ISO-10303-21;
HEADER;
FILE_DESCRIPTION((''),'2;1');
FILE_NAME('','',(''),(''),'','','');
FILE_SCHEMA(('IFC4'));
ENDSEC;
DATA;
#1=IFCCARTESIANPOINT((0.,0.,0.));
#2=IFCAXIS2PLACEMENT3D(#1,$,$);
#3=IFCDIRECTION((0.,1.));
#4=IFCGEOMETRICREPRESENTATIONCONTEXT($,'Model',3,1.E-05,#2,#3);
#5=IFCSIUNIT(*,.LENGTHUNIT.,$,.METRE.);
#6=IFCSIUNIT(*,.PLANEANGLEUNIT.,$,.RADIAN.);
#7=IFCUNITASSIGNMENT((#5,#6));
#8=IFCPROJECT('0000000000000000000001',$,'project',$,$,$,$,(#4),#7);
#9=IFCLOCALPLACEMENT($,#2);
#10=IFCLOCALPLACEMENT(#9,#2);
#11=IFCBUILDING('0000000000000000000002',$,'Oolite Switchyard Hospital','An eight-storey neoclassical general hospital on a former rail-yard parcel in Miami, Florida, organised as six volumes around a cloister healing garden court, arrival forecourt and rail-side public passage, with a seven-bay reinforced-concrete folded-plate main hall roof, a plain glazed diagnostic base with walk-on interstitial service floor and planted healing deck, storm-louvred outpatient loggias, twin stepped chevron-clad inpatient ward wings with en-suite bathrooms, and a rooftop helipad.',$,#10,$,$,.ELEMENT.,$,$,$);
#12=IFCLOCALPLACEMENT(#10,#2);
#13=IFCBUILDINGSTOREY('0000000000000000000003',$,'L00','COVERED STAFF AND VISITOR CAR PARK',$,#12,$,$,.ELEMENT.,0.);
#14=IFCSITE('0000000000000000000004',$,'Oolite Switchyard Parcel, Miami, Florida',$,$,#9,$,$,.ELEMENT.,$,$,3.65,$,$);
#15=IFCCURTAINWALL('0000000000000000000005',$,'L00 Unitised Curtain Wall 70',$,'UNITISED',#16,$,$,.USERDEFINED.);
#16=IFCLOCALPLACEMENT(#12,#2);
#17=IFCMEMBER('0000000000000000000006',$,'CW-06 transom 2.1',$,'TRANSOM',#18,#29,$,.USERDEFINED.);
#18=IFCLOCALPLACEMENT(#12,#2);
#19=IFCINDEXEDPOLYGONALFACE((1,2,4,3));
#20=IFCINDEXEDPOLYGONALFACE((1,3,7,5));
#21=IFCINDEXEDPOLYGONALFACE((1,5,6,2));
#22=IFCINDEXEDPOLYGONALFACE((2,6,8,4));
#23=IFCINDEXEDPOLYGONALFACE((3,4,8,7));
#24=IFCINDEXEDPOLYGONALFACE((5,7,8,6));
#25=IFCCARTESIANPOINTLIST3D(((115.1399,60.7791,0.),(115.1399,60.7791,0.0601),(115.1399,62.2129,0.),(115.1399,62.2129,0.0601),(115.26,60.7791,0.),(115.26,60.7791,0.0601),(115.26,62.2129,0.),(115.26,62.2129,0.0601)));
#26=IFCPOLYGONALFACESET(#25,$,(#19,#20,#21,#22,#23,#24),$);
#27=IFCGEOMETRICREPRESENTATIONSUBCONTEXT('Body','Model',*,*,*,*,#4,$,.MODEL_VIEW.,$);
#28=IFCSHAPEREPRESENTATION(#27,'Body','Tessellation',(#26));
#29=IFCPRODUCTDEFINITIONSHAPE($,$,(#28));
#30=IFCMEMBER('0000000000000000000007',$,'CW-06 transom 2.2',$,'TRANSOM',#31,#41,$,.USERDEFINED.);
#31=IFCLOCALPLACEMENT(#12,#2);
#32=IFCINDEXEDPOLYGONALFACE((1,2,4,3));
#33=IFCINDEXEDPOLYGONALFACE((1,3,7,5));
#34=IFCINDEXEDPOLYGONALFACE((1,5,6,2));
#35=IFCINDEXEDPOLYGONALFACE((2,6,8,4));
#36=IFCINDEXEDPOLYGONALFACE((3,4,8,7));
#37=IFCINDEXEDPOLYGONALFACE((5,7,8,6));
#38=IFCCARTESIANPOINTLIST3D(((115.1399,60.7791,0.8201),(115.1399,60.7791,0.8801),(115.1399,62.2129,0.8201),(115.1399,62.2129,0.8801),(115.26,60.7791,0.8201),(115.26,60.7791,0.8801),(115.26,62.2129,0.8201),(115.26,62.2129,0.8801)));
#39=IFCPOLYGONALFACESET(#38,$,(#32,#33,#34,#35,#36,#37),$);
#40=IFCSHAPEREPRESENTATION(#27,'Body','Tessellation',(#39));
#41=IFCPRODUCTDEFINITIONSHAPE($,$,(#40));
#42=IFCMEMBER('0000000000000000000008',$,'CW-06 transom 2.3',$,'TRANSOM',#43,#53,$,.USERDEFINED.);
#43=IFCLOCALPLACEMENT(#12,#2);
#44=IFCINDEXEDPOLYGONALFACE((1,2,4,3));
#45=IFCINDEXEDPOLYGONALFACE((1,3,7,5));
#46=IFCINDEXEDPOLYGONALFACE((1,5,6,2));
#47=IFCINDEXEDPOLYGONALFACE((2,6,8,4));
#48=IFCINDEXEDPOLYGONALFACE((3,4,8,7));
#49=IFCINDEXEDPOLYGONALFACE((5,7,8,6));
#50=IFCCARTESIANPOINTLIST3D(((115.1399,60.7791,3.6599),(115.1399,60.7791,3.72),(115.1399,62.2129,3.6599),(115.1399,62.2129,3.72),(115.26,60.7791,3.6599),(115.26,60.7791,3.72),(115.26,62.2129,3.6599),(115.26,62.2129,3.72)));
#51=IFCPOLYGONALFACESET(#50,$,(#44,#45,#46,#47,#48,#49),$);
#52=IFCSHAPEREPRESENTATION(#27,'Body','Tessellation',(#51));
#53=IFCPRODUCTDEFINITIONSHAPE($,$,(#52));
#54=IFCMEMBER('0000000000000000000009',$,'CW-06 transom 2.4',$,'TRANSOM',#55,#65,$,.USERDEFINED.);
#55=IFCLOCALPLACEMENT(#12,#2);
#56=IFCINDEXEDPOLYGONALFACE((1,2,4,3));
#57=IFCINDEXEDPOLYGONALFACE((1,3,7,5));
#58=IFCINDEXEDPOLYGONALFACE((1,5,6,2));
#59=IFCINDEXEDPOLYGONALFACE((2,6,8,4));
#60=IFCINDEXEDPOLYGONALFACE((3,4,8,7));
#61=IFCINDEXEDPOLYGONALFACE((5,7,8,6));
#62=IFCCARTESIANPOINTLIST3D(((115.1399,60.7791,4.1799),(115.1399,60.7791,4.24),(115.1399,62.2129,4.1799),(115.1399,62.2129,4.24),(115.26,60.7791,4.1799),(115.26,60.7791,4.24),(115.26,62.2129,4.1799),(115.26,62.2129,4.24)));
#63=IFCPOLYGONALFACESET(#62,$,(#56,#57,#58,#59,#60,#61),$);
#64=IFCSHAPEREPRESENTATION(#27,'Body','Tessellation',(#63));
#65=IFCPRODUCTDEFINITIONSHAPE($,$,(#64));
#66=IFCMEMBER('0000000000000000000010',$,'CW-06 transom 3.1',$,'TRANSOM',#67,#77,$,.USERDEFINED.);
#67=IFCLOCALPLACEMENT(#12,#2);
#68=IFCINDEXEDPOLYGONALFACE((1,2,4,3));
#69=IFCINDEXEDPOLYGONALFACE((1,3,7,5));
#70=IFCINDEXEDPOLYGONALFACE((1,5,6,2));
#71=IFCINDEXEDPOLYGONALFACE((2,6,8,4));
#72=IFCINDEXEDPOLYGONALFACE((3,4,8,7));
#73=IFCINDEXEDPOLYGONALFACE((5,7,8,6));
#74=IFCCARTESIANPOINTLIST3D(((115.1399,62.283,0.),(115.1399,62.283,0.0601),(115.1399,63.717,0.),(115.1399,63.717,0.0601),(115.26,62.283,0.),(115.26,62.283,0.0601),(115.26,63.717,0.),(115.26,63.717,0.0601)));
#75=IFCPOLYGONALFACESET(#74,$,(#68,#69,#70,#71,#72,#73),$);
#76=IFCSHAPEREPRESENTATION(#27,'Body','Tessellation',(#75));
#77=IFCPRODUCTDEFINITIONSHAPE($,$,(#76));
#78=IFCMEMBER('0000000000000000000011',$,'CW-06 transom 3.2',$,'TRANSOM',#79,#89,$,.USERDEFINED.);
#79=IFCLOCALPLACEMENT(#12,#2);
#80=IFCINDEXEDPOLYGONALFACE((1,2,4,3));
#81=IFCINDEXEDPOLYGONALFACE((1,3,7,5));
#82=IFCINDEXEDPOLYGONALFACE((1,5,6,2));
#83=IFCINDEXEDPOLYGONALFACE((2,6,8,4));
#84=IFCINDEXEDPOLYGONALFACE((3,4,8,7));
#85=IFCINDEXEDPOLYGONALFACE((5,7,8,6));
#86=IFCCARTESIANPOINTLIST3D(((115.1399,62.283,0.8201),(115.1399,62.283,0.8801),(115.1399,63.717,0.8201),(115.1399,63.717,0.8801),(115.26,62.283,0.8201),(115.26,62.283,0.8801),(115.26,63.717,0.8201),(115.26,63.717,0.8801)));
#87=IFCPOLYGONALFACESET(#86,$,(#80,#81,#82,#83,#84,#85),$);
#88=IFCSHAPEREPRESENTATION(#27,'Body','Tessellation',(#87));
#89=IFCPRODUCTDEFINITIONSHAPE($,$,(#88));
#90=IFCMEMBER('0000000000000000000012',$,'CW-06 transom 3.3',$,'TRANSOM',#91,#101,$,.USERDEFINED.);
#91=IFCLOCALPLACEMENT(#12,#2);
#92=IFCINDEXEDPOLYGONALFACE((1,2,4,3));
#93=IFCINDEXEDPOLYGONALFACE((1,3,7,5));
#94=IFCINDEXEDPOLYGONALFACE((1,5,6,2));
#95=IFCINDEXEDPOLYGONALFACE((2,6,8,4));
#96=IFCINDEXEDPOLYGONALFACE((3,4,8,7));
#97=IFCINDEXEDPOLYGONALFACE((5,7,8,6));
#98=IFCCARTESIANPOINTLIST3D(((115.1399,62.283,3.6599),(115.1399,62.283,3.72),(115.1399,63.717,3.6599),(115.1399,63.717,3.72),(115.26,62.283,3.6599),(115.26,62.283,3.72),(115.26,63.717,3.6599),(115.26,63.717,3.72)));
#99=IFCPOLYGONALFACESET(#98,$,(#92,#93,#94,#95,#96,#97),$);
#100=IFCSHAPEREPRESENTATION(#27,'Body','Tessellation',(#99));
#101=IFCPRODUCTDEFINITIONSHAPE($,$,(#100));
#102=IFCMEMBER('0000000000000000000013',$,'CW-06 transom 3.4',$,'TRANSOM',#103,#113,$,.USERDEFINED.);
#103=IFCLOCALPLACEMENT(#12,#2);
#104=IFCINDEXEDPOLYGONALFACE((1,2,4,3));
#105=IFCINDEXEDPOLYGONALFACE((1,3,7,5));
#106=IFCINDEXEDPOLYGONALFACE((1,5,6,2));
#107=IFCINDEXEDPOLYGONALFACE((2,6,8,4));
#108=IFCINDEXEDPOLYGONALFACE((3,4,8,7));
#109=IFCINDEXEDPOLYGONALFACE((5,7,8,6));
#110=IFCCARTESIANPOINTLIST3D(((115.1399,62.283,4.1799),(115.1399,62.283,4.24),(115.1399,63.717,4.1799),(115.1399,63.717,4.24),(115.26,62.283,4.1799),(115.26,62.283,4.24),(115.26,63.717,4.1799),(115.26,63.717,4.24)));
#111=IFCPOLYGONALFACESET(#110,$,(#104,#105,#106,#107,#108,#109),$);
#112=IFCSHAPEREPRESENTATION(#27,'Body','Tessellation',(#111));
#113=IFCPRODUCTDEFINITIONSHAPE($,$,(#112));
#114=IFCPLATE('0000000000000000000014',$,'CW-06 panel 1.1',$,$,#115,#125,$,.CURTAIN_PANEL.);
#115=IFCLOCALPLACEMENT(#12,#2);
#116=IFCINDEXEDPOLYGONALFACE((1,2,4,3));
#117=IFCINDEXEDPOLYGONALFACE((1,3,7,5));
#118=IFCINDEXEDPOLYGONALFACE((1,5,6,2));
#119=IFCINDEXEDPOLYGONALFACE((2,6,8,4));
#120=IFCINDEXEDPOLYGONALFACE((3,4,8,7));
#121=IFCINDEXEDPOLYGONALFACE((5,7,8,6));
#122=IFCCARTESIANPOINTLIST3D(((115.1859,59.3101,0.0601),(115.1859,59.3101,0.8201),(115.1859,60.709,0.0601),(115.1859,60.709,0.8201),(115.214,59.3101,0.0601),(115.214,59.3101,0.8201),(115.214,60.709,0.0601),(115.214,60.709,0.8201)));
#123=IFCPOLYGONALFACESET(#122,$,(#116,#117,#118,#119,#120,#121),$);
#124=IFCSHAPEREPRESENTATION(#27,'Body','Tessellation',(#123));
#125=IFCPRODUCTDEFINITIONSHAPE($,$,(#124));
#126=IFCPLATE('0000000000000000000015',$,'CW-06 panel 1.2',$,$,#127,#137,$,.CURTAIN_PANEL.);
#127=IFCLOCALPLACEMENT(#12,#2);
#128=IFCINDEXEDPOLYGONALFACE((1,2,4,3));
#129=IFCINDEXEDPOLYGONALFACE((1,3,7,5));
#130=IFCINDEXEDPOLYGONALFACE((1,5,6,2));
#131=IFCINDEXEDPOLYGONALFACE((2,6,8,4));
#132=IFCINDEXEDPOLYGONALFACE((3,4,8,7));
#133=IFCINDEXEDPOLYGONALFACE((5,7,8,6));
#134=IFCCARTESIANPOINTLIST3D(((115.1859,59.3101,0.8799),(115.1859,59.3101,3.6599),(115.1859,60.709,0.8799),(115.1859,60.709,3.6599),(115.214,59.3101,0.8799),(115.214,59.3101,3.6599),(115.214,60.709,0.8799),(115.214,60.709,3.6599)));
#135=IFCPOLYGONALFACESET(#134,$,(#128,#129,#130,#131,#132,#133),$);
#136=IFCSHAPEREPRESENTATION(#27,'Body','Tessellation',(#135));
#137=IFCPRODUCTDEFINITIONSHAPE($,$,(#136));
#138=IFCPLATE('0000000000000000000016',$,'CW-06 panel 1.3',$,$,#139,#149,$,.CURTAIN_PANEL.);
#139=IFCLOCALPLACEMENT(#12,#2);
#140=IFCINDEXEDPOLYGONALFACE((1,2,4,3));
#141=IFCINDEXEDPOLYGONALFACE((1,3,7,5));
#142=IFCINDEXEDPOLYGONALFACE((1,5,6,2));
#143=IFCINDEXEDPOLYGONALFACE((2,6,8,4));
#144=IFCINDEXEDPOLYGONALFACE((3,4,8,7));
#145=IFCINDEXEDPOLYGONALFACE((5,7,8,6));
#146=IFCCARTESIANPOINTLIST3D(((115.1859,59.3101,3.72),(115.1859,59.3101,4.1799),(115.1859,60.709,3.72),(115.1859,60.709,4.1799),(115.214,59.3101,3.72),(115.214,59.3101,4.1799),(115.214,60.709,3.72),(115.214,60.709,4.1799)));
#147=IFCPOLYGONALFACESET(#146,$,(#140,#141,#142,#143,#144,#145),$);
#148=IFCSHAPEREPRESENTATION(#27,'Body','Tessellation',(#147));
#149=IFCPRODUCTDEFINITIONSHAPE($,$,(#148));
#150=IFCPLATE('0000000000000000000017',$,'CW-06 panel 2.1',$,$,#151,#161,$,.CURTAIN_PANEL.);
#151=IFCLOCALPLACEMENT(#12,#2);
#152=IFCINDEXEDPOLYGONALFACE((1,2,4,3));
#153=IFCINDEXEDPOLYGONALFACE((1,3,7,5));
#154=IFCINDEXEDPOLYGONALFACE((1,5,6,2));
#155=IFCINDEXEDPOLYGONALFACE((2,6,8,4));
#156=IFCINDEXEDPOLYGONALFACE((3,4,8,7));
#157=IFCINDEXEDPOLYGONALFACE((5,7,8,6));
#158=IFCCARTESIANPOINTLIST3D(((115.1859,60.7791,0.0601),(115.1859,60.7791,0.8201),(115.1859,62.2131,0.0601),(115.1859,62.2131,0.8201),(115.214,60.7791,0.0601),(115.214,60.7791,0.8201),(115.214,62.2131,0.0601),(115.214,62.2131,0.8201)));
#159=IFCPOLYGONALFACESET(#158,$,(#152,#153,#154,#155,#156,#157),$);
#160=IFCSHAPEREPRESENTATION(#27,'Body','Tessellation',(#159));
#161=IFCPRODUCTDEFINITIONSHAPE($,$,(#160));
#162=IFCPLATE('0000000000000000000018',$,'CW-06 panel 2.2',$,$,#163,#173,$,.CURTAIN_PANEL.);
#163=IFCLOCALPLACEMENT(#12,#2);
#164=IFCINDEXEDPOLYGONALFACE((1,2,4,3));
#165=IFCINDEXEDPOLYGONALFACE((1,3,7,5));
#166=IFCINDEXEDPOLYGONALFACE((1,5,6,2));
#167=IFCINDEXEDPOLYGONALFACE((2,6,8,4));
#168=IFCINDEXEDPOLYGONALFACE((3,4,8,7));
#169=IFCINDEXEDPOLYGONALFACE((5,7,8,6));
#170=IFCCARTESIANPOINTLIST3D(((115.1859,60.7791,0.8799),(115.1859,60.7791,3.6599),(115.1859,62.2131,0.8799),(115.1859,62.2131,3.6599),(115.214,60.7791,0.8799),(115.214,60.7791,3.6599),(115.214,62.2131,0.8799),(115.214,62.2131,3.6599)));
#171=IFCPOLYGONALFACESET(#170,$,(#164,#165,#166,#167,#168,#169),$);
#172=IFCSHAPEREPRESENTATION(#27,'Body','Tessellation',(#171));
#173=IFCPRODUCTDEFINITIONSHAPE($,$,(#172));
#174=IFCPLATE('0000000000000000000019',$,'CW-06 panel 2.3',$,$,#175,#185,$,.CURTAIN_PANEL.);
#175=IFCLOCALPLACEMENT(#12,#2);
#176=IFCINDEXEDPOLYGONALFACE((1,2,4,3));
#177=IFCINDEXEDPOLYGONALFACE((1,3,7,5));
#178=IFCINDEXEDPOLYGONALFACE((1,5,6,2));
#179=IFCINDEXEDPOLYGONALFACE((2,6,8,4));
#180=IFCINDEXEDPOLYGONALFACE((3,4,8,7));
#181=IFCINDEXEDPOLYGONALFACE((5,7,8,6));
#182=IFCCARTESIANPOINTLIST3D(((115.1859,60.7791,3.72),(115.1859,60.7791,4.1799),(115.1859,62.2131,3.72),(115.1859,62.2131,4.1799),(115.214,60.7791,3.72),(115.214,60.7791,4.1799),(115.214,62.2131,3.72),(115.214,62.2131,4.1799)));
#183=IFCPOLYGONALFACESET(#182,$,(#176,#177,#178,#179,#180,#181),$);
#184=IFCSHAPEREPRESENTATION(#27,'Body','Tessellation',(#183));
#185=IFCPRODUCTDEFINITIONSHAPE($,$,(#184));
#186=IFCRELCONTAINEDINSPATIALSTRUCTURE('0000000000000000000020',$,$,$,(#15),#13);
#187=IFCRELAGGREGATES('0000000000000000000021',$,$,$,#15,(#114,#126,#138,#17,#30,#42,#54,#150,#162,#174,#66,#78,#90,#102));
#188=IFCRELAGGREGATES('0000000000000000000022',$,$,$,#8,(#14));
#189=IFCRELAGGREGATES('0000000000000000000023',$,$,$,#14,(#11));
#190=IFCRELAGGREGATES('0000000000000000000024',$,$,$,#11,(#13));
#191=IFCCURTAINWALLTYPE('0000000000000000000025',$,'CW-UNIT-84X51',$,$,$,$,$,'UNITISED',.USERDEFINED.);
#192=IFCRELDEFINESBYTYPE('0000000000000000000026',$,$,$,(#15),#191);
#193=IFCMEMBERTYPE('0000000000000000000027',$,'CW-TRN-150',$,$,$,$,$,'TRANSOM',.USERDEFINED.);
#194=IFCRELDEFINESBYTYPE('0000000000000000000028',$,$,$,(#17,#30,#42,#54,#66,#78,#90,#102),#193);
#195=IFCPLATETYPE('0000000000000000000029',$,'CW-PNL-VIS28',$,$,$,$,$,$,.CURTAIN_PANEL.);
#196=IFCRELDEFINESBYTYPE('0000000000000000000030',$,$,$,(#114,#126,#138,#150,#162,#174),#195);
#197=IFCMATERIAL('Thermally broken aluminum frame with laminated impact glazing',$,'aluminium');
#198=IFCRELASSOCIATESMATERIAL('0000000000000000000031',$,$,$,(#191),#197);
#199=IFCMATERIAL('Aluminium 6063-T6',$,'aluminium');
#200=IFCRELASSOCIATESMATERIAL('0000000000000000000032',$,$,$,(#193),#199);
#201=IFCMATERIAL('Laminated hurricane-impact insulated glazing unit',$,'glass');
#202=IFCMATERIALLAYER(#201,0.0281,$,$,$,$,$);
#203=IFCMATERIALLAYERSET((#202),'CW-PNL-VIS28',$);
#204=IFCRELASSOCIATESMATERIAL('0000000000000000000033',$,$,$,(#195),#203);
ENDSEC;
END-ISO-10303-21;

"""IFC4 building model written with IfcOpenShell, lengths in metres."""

from ifc_helpers import new_model, si_unit, direction, frame, origin, origin_2d, place, context, subcontext, project, spatial, rectangle, extrude, material, layer, layer_set, material_profile, profile_set, type_object, element, aggregate, save


model = new_model("IFC4")

# Units and contexts
model_context = context("Model", 3, precision=1e-05, world=origin(), true_north=direction((0.0, 1.0)))
body_context = subcontext(model_context, "Body", "Model", "MODEL_VIEW")
ifc_project = project(units=[si_unit("LENGTHUNIT", "METRE"), si_unit("PLANEANGLEUNIT", "RADIAN")], contexts=[model_context])

# Site, building, storey
site_placement = place(None, origin())
site = spatial("IfcSite", under=ifc_project, at=site_placement, Name="Oolite Switchyard Parcel, Miami, Florida", CompositionType="ELEMENT", RefElevation=3.65)
building_placement = place(site_placement, origin())
building = spatial("IfcBuilding", under=site, at=building_placement, Name="Oolite Switchyard Hospital", Description="An eight-storey neoclassical general hospital on a former rail-yard parcel in Miami, Florida, organised as six volumes around a cloister healing garden court, arrival forecourt and rail-side public passage, with a seven-bay reinforced-concrete folded-plate main hall roof, a plain glazed diagnostic base with walk-on interstitial service floor and planted healing deck, storm-louvred outpatient loggias, twin stepped chevron-clad inpatient ward wings with en-suite bathrooms, and a rooftop helipad.", CompositionType="ELEMENT")
storey_placement = place(building_placement, origin())
storey = spatial("IfcBuildingStorey", under=building, at=storey_placement, Name="L00", Description="COVERED STAFF AND VISITOR CAR PARK", CompositionType="ELEMENT", Elevation=0.0)

# Curtain wall, members, plates
ifc_material_1 = material(Name="Thermally broken aluminum frame with laminated impact glazing", Category="aluminium")
curtain_wall_type = type_object("IfcCurtainWallType", Name="CW-UNIT-84X51", ElementType="UNITISED", PredefinedType="USERDEFINED", material=ifc_material_1)
curtain_wall_placement = place(storey_placement, origin())
curtain_wall = element("IfcCurtainWall", 1, at=curtain_wall_placement, inside=storey, type_object=curtain_wall_type, Name="L00 Unitised Curtain Wall 70", ObjectType="UNITISED", PredefinedType="USERDEFINED")
ifc_material_2 = material(Name="Aluminium 6063-T6", Category="aluminium")
ifc_material_profile_1 = material_profile(ifc_material_2, rectangle(XDim=0.1201, YDim=0.0601, at=origin_2d()), Name="CWT60X120")
ifc_profile_set_1 = profile_set([ifc_material_profile_1], Name="Aluminium 6063-T6")
member_type = type_object("IfcMemberType", Name="CW-TRN-150", ElementType="TRANSOM", PredefinedType="USERDEFINED", material=ifc_profile_set_1)
member_1_placement = place(storey_placement, frame((115.2, 60.7791, 0.03), z_axis=(0.0, 1.0, 0.0), x_axis=(-1.0, 0.0, 0.0)))
member_1 = element("IfcMember", 2, at=member_1_placement, type_object=member_type, Name="CW-06 transom 2.1", ObjectType="TRANSOM", PredefinedType="USERDEFINED", context=body_context, shape_type="SweptSolid", body=[
    extrude(rectangle(XDim=0.1201, YDim=0.0601, at=origin_2d()), origin(), (0.0, 0.0, 1.0), 1.4338),
])
member_2_placement = place(storey_placement, frame((115.2, 60.7791, 0.8501), z_axis=(0.0, 1.0, 0.0), x_axis=(-1.0, 0.0, 0.0)))
member_2 = element("IfcMember", 3, at=member_2_placement, type_object=member_type, Name="CW-06 transom 2.2", ObjectType="TRANSOM", PredefinedType="USERDEFINED", context=body_context, shape_type="SweptSolid", body=[
    extrude(rectangle(XDim=0.1201, YDim=0.0601, at=origin_2d()), origin(), (0.0, 0.0, 1.0), 1.4338),
])
member_3_placement = place(storey_placement, frame((115.2, 60.7791, 3.6899), z_axis=(0.0, 1.0, 0.0), x_axis=(-1.0, 0.0, 0.0)))
member_3 = element("IfcMember", 4, at=member_3_placement, type_object=member_type, Name="CW-06 transom 2.3", ObjectType="TRANSOM", PredefinedType="USERDEFINED", context=body_context, shape_type="SweptSolid", body=[
    extrude(rectangle(XDim=0.1201, YDim=0.0601, at=origin_2d()), origin(), (0.0, 0.0, 1.0), 1.4338),
])
member_4_placement = place(storey_placement, frame((115.2, 60.7791, 4.21), z_axis=(0.0, 1.0, 0.0), x_axis=(-1.0, 0.0, 0.0)))
member_4 = element("IfcMember", 5, at=member_4_placement, type_object=member_type, Name="CW-06 transom 2.4", ObjectType="TRANSOM", PredefinedType="USERDEFINED", context=body_context, shape_type="SweptSolid", body=[
    extrude(rectangle(XDim=0.1201, YDim=0.0601, at=origin_2d()), origin(), (0.0, 0.0, 1.0), 1.4338),
])
member_5_placement = place(storey_placement, frame((115.2, 62.283, 0.03), z_axis=(0.0, 1.0, 0.0), x_axis=(-1.0, 0.0, 0.0)))
member_5 = element("IfcMember", 6, at=member_5_placement, type_object=member_type, Name="CW-06 transom 3.1", ObjectType="TRANSOM", PredefinedType="USERDEFINED", context=body_context, shape_type="SweptSolid", body=[
    extrude(rectangle(XDim=0.1201, YDim=0.0601, at=origin_2d()), origin(), (0.0, 0.0, 1.0), 1.4341),
])
member_6_placement = place(storey_placement, frame((115.2, 62.283, 0.8501), z_axis=(0.0, 1.0, 0.0), x_axis=(-1.0, 0.0, 0.0)))
member_6 = element("IfcMember", 7, at=member_6_placement, type_object=member_type, Name="CW-06 transom 3.2", ObjectType="TRANSOM", PredefinedType="USERDEFINED", context=body_context, shape_type="SweptSolid", body=[
    extrude(rectangle(XDim=0.1201, YDim=0.0601, at=origin_2d()), origin(), (0.0, 0.0, 1.0), 1.4341),
])
member_7_placement = place(storey_placement, frame((115.2, 62.283, 3.6899), z_axis=(0.0, 1.0, 0.0), x_axis=(-1.0, 0.0, 0.0)))
member_7 = element("IfcMember", 8, at=member_7_placement, type_object=member_type, Name="CW-06 transom 3.3", ObjectType="TRANSOM", PredefinedType="USERDEFINED", context=body_context, shape_type="SweptSolid", body=[
    extrude(rectangle(XDim=0.1201, YDim=0.0601, at=origin_2d()), origin(), (0.0, 0.0, 1.0), 1.4341),
])
member_8_placement = place(storey_placement, frame((115.2, 62.283, 4.21), z_axis=(0.0, 1.0, 0.0), x_axis=(-1.0, 0.0, 0.0)))
member_8 = element("IfcMember", 9, at=member_8_placement, type_object=member_type, Name="CW-06 transom 3.4", ObjectType="TRANSOM", PredefinedType="USERDEFINED", context=body_context, shape_type="SweptSolid", body=[
    extrude(rectangle(XDim=0.1201, YDim=0.0601, at=origin_2d()), origin(), (0.0, 0.0, 1.0), 1.4341),
])
ifc_material_3 = material(Name="Laminated hurricane-impact insulated glazing unit", Category="glass")
ifc_layer_1 = layer(ifc_material_3, 0.0281)
ifc_layer_set_1 = layer_set([ifc_layer_1], Name="CW-PNL-VIS28")
plate_type = type_object("IfcPlateType", Name="CW-PNL-VIS28", PredefinedType="CURTAIN_PANEL", material=ifc_layer_set_1)
plate_1_placement = place(storey_placement, frame((115.2, 60.0095, 0.0601), z_axis=(0.0, 0.0, 1.0), x_axis=(0.0, 1.0, 0.0)))
plate_1 = element("IfcPlate", 10, at=plate_1_placement, type_object=plate_type, Name="CW-06 panel 1.1", PredefinedType="CURTAIN_PANEL", context=body_context, shape_type="SweptSolid", body=[
    extrude(rectangle(XDim=1.3989, YDim=0.0281, at=origin_2d()), origin(), (0.0, 0.0, 1.0), 0.76),
])
plate_2_placement = place(storey_placement, frame((115.2, 60.0095, 0.8799), z_axis=(0.0, 0.0, 1.0), x_axis=(0.0, 1.0, 0.0)))
plate_2 = element("IfcPlate", 11, at=plate_2_placement, type_object=plate_type, Name="CW-06 panel 1.2", PredefinedType="CURTAIN_PANEL", context=body_context, shape_type="SweptSolid", body=[
    extrude(rectangle(XDim=1.3989, YDim=0.0281, at=origin_2d()), origin(), (0.0, 0.0, 1.0), 2.78),
])
plate_3_placement = place(storey_placement, frame((115.2, 60.0095, 3.72), z_axis=(0.0, 0.0, 1.0), x_axis=(0.0, 1.0, 0.0)))
plate_3 = element("IfcPlate", 12, at=plate_3_placement, type_object=plate_type, Name="CW-06 panel 1.3", PredefinedType="CURTAIN_PANEL", context=body_context, shape_type="SweptSolid", body=[
    extrude(rectangle(XDim=1.3989, YDim=0.0281, at=origin_2d()), origin(), (0.0, 0.0, 1.0), 0.46),
])
plate_4_placement = place(storey_placement, frame((115.2, 61.4961, 0.0601), z_axis=(0.0, 0.0, 1.0), x_axis=(0.0, 1.0, 0.0)))
plate_4 = element("IfcPlate", 13, at=plate_4_placement, type_object=plate_type, Name="CW-06 panel 2.1", PredefinedType="CURTAIN_PANEL", context=body_context, shape_type="SweptSolid", body=[
    extrude(rectangle(XDim=1.4341, YDim=0.0281, at=origin_2d()), origin(), (0.0, 0.0, 1.0), 0.76),
])
plate_5_placement = place(storey_placement, frame((115.2, 61.4961, 0.8799), z_axis=(0.0, 0.0, 1.0), x_axis=(0.0, 1.0, 0.0)))
plate_5 = element("IfcPlate", 14, at=plate_5_placement, type_object=plate_type, Name="CW-06 panel 2.2", PredefinedType="CURTAIN_PANEL", context=body_context, shape_type="SweptSolid", body=[
    extrude(rectangle(XDim=1.4341, YDim=0.0281, at=origin_2d()), origin(), (0.0, 0.0, 1.0), 2.78),
])
plate_6_placement = place(storey_placement, frame((115.2, 61.4961, 3.72), z_axis=(0.0, 0.0, 1.0), x_axis=(0.0, 1.0, 0.0)))
plate_6 = element("IfcPlate", 15, at=plate_6_placement, type_object=plate_type, Name="CW-06 panel 2.3", PredefinedType="CURTAIN_PANEL", context=body_context, shape_type="SweptSolid", body=[
    extrude(rectangle(XDim=1.4341, YDim=0.0281, at=origin_2d()), origin(), (0.0, 0.0, 1.0), 0.46),
])
aggregate(curtain_wall, [plate_1, plate_2, plate_3, member_1, member_2, member_3, member_4, plate_4, plate_5, plate_6, member_5, member_6, member_7, member_8])

save(model, "model.ifc")
